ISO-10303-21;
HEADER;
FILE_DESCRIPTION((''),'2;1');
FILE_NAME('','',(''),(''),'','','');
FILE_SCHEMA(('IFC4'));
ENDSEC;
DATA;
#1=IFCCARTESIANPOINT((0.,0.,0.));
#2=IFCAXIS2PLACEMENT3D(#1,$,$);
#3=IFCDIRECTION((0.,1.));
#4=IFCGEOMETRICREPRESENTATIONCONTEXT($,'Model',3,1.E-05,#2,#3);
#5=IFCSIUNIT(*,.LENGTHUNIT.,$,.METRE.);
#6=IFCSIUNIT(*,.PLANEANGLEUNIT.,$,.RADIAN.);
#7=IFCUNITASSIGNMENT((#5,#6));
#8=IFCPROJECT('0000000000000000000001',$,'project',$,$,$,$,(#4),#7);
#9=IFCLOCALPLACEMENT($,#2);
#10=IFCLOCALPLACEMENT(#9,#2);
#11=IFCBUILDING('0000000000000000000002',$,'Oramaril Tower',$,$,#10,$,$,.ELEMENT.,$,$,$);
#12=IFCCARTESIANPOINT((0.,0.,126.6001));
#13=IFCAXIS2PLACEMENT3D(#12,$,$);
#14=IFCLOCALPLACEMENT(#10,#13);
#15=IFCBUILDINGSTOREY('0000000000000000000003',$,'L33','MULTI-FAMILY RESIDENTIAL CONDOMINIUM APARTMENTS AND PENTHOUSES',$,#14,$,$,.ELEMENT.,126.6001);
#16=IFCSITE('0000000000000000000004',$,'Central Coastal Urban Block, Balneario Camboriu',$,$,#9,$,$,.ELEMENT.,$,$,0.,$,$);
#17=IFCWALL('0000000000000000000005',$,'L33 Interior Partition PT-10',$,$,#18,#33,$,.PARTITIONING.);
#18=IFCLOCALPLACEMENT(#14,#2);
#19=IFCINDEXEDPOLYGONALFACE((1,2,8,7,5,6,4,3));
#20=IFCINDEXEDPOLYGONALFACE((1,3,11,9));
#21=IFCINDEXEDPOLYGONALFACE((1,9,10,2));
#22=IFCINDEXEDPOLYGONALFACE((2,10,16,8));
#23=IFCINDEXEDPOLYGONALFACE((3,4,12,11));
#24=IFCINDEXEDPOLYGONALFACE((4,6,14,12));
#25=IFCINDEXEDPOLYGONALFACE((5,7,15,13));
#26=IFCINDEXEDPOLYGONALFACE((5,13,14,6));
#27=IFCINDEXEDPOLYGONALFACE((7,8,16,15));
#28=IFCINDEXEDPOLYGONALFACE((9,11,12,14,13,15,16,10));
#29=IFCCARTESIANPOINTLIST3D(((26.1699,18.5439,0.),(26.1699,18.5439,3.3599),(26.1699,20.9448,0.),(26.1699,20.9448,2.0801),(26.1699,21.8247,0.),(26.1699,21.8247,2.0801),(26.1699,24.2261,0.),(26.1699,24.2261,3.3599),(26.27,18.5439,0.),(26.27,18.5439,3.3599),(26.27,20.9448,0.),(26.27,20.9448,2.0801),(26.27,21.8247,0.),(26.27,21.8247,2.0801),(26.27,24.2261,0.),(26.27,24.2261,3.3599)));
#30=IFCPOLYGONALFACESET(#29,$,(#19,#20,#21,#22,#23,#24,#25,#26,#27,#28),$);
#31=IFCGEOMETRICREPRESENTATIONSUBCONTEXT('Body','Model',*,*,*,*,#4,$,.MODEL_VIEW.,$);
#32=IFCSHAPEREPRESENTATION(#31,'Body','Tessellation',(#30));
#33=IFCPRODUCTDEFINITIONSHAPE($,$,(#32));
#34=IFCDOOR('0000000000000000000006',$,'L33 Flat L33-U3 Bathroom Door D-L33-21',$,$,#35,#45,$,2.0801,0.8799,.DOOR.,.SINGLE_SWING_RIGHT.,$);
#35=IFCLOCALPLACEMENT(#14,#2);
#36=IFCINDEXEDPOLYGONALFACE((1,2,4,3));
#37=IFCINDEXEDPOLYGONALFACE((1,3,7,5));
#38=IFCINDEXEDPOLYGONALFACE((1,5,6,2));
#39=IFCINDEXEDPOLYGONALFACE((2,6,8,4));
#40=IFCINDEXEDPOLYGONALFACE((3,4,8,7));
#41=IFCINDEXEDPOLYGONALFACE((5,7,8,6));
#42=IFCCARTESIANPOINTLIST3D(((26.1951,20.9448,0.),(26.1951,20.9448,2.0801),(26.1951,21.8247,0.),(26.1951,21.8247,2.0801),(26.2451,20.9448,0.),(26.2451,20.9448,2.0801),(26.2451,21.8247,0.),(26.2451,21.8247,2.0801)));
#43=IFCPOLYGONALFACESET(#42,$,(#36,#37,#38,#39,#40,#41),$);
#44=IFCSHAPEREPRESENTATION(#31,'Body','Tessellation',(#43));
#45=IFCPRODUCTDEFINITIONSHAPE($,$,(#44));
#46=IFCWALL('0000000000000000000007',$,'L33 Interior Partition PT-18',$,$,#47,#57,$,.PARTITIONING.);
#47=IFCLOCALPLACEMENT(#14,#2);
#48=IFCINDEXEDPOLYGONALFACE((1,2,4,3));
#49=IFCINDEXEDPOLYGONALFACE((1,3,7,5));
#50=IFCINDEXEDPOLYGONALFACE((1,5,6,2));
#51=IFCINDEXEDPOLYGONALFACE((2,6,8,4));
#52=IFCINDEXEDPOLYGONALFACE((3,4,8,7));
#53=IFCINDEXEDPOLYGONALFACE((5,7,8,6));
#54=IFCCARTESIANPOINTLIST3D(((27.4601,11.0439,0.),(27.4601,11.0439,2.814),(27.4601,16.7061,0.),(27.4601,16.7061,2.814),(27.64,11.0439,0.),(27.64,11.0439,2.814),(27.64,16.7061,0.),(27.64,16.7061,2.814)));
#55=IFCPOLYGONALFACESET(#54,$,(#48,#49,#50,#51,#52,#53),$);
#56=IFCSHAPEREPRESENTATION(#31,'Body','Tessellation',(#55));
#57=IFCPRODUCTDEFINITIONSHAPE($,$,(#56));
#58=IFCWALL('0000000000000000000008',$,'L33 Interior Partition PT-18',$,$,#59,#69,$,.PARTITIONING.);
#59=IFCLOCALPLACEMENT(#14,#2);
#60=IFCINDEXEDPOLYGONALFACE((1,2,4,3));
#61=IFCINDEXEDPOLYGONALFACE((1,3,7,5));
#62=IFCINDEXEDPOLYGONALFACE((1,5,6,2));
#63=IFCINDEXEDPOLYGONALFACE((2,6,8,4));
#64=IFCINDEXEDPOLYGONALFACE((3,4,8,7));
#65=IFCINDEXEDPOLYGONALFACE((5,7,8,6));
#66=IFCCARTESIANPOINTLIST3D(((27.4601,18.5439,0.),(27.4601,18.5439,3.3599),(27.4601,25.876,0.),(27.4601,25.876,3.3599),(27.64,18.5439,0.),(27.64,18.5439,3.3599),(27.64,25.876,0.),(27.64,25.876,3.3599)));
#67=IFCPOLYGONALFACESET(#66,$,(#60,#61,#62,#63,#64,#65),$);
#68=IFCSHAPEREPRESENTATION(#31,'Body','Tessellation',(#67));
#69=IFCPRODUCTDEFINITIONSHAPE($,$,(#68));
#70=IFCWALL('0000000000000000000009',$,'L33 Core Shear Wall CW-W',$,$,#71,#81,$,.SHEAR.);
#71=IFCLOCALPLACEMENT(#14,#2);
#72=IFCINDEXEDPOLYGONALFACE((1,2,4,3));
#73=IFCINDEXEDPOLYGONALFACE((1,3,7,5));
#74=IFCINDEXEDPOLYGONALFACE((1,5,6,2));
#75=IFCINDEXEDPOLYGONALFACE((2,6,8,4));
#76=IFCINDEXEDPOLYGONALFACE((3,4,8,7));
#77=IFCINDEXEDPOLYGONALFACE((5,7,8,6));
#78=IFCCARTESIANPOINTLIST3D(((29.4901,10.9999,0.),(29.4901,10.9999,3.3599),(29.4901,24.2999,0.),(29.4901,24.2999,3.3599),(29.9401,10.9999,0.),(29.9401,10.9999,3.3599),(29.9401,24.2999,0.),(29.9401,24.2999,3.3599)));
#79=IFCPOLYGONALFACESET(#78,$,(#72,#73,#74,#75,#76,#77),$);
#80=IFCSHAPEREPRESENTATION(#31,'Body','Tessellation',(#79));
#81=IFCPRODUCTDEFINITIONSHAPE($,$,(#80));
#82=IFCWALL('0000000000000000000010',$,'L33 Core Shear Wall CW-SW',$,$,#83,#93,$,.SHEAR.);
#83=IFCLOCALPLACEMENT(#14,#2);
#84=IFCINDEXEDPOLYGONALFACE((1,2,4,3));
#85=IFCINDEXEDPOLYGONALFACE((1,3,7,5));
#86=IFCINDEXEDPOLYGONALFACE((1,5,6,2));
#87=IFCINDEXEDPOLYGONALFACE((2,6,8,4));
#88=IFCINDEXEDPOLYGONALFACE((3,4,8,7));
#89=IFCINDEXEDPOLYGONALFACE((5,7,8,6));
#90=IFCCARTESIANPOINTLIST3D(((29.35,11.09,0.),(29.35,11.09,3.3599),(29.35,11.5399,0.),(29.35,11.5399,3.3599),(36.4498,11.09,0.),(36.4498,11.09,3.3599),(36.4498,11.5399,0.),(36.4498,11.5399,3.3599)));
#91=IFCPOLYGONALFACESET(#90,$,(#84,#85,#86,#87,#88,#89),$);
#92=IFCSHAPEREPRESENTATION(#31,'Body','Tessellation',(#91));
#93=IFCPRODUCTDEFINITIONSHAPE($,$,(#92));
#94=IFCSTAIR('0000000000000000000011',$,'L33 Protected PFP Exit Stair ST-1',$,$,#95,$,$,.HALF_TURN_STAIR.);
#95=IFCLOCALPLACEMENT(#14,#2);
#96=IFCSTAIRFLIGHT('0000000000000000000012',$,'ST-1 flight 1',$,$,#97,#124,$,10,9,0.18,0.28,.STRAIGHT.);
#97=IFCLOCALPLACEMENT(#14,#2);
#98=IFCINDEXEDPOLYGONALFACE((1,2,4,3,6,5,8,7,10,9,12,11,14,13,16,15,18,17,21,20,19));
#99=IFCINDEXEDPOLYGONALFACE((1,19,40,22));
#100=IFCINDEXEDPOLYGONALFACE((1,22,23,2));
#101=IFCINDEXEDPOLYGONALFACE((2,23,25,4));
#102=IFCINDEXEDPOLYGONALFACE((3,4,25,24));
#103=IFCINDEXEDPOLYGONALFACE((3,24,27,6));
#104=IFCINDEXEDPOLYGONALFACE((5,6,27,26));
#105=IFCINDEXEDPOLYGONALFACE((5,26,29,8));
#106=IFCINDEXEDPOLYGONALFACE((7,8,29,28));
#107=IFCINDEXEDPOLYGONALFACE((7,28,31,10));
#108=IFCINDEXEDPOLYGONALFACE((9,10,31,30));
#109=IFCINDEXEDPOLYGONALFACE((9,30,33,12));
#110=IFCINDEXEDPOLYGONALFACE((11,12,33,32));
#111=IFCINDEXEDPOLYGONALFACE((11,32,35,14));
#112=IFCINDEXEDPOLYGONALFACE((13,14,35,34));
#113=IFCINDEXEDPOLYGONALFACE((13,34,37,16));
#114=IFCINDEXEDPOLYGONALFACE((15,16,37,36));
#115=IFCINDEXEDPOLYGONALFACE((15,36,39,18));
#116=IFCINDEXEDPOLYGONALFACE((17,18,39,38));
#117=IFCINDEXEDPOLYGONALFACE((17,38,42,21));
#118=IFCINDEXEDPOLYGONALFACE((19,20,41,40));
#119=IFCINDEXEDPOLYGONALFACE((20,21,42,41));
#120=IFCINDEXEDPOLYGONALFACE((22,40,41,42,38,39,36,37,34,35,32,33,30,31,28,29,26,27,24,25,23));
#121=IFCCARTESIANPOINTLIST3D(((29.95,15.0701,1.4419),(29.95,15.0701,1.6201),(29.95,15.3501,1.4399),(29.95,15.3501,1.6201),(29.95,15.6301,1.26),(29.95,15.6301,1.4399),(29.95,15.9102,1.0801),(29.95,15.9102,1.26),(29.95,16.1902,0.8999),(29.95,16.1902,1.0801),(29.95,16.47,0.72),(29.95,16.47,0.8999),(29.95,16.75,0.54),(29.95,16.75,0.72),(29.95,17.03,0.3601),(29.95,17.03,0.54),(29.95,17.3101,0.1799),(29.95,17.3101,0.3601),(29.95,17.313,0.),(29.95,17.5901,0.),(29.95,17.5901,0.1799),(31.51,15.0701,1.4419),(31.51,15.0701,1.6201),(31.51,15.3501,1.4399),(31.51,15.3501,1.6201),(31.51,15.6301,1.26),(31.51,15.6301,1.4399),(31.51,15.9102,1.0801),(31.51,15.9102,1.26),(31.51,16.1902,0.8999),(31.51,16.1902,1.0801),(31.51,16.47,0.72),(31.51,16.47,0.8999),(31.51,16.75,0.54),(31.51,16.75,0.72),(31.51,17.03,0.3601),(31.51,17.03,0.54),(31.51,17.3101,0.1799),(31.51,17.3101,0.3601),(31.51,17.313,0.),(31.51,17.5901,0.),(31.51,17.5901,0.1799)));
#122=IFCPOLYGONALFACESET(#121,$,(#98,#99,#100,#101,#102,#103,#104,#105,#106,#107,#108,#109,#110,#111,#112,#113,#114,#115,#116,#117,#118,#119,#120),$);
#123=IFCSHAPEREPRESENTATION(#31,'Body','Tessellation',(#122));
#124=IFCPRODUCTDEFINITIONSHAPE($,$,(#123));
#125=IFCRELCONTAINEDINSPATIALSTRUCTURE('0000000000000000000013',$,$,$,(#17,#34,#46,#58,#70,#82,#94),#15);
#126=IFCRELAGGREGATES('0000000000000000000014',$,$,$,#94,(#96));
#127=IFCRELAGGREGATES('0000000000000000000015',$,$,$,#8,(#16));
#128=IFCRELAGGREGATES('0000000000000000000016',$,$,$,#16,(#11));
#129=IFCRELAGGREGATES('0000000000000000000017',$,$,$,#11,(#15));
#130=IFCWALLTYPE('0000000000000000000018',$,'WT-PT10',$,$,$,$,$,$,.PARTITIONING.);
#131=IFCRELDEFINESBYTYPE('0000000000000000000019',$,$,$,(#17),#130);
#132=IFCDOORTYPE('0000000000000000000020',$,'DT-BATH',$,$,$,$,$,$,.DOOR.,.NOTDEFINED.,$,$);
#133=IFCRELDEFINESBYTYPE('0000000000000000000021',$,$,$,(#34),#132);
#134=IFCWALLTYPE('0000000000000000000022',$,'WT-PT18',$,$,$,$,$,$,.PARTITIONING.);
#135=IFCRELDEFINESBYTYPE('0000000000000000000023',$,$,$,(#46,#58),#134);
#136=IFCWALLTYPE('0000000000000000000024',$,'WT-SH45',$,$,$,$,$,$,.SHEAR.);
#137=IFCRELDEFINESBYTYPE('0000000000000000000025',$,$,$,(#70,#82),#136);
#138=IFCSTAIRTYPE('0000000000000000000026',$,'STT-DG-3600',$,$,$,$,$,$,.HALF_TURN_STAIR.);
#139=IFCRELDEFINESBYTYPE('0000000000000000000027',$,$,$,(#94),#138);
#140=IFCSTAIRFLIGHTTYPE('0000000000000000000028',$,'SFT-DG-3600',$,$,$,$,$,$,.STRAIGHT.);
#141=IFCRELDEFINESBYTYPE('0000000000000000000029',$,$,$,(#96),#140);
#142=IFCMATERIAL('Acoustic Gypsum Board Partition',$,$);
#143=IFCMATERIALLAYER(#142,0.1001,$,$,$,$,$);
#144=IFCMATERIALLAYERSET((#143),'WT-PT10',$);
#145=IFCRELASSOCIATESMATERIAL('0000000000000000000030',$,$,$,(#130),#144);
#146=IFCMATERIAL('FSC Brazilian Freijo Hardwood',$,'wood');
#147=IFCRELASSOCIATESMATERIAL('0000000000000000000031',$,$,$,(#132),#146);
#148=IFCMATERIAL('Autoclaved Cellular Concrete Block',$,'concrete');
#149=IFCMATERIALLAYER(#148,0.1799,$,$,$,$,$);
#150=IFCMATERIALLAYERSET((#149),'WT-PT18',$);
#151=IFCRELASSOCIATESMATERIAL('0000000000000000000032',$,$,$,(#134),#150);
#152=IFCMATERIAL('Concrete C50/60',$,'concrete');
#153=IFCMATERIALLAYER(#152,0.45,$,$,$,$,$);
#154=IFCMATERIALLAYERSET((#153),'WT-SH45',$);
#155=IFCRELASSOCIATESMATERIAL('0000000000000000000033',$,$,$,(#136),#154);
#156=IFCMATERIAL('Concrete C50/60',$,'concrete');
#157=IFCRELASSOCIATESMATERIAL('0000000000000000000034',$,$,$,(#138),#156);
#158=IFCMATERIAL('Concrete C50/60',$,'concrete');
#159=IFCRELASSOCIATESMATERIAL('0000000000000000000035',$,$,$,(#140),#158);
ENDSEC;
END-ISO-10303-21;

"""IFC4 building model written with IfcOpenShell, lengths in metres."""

from ifc_helpers import new_model, si_unit, direction, frame, frame_2d, origin, place, context, subcontext, project, spatial, polyline, rectangle, outline, extrude, material, layer, layer_set, type_object, element, fill, aggregate, save


model = new_model("IFC4")

# Units and contexts
model_context = context("Model", 3, precision=1e-05, world=origin(), true_north=direction((0.0, 1.0)))
body_context = subcontext(model_context, "Body", "Model", "MODEL_VIEW")
ifc_project = project(units=[si_unit("LENGTHUNIT", "METRE"), si_unit("PLANEANGLEUNIT", "RADIAN")], contexts=[model_context])

# Site, building, storey
site_placement = place(None, origin())
site = spatial("IfcSite", under=ifc_project, at=site_placement, Name="Central Coastal Urban Block, Balneario Camboriu", CompositionType="ELEMENT", RefElevation=0.0)
building_placement = place(site_placement, origin())
building = spatial("IfcBuilding", under=site, at=building_placement, Name="Oramaril Tower", CompositionType="ELEMENT")
storey_placement = place(building_placement, frame((0.0, 0.0, 126.6001)))
storey = spatial("IfcBuildingStorey", under=building, at=storey_placement, Name="L33", Description="MULTI-FAMILY RESIDENTIAL CONDOMINIUM APARTMENTS AND PENTHOUSES", CompositionType="ELEMENT", Elevation=126.6001)

# Wall, opening, door
ifc_material_1 = material(Name="Acoustic Gypsum Board Partition")
ifc_layer_1 = layer(ifc_material_1, 0.1001)
ifc_layer_set_1 = layer_set([ifc_layer_1], Name="WT-PT10")
wall_type_1 = type_object("IfcWallType", Name="WT-PT10", PredefinedType="PARTITIONING", material=ifc_layer_set_1)
wall_1_placement = place(storey_placement, frame((26.22, 18.5439, 0.0), z_axis=(0.0, 0.0, 1.0), x_axis=(0.0, 1.0, 0.0)))
wall_1 = element("IfcWall", 1, at=wall_1_placement, inside=storey, type_object=wall_type_1, Name="L33 Interior Partition PT-10", PredefinedType="PARTITIONING", context=body_context, shape_type="SweptSolid", body=[
    extrude(rectangle(XDim=5.6821, YDim=0.1001, at=frame_2d((2.8411, 0.0))), origin(), (0.0, 0.0, 1.0), 3.3599),
])
opening_1_placement = place(wall_1_placement, frame((2.4009, 0.0, 0.0)))
opening_1 = element("IfcOpeningElement", 2, at=opening_1_placement, cuts=wall_1, PredefinedType="OPENING", context=body_context, shape_type="SweptSolid", body=[
    extrude(rectangle(XDim=0.8799, YDim=2.0801, at=frame_2d((0.4399, 1.04))), frame((0.0, 0.05, 0.0), z_axis=(0.0, -1.0, 0.0), x_axis=(1.0, 0.0, 0.0)), (0.0, 0.0, 1.0), 0.1001),
])
ifc_material_2 = material(Name="FSC Brazilian Freijo Hardwood", Category="wood")
door_type_1 = type_object("IfcDoorType", Name="DT-BATH", OperationType="NOTDEFINED", PredefinedType="DOOR", material=ifc_material_2)
door_1_placement = place(opening_1_placement, origin())
door_1 = element("IfcDoor", 3, at=door_1_placement, inside=storey, type_object=door_type_1, Name="L33 Flat L33-U3 Bathroom Door D-L33-21", OperationType="SINGLE_SWING_RIGHT", OverallHeight=2.0801, OverallWidth=0.8799, PredefinedType="DOOR", context=body_context, shape_type="SweptSolid", body=[
    extrude(rectangle(XDim=0.8799, YDim=2.0801, at=frame_2d((0.4399, 1.04))), frame((0.0, 0.0249, 0.0), z_axis=(0.0, -1.0, 0.0), x_axis=(1.0, 0.0, 0.0)), (0.0, 0.0, 1.0), 0.05),
])
fill(opening_1, door_1)

# Walls
ifc_material_3 = material(Name="Autoclaved Cellular Concrete Block", Category="concrete")
ifc_layer_2 = layer(ifc_material_3, 0.1799)
ifc_layer_set_2 = layer_set([ifc_layer_2], Name="WT-PT18")
wall_type_2 = type_object("IfcWallType", Name="WT-PT18", PredefinedType="PARTITIONING", material=ifc_layer_set_2)
wall_2_placement = place(storey_placement, frame((27.55, 11.0439, 0.0), z_axis=(0.0, 0.0, 1.0), x_axis=(0.0, 1.0, 0.0)))
element("IfcWall", 4, at=wall_2_placement, inside=storey, type_object=wall_type_2, Name="L33 Interior Partition PT-18", PredefinedType="PARTITIONING", context=body_context, shape_type="SweptSolid", body=[
    extrude(rectangle(XDim=5.6621, YDim=0.1799, at=frame_2d((2.8311, 0.0))), origin(), (0.0, 0.0, 1.0), 2.814),
])
wall_3_placement = place(storey_placement, frame((27.55, 18.5439, 0.0), z_axis=(0.0, 0.0, 1.0), x_axis=(0.0, 1.0, 0.0)))
element("IfcWall", 5, at=wall_3_placement, inside=storey, type_object=wall_type_2, Name="L33 Interior Partition PT-18", PredefinedType="PARTITIONING", context=body_context, shape_type="SweptSolid", body=[
    extrude(rectangle(XDim=7.332, YDim=0.1799, at=frame_2d((3.666, 0.0))), origin(), (0.0, 0.0, 1.0), 3.3599),
])

# Walls
ifc_material_4 = material(Name="Concrete C50/60", Category="concrete")
ifc_layer_3 = layer(ifc_material_4, 0.45)
ifc_layer_set_3 = layer_set([ifc_layer_3], Name="WT-SH45")
wall_type_3 = type_object("IfcWallType", Name="WT-SH45", PredefinedType="SHEAR", material=ifc_layer_set_3)
wall_4_placement = place(storey_placement, frame((29.7151, 11.0, 0.0), z_axis=(0.0, 0.0, 1.0), x_axis=(0.0, 1.0, 0.0)))
element("IfcWall", 6, at=wall_4_placement, inside=storey, type_object=wall_type_3, Name="L33 Core Shear Wall CW-W", PredefinedType="SHEAR", context=body_context, shape_type="SweptSolid", body=[
    extrude(rectangle(XDim=13.3, YDim=0.45, at=frame_2d((6.6499, 0.0))), origin(), (0.0, 0.0, 1.0), 3.3599),
])
wall_5_placement = place(storey_placement, frame((29.3501, 11.3149, 0.0), z_axis=(0.0, 0.0, 1.0), x_axis=(1.0, 0.0, 0.0)))
element("IfcWall", 7, at=wall_5_placement, inside=storey, type_object=wall_type_3, Name="L33 Core Shear Wall CW-SW", PredefinedType="SHEAR", context=body_context, shape_type="SweptSolid", body=[
    extrude(rectangle(XDim=7.0999, YDim=0.45, at=frame_2d((3.5498, 0.0))), origin(), (0.0, 0.0, 1.0), 3.3599),
])

# Stair, stair flight
ifc_material_5 = material(Name="Concrete C50/60", Category="concrete")
stair_type = type_object("IfcStairType", Name="STT-DG-3600", PredefinedType="HALF_TURN_STAIR", material=ifc_material_5)
stair_placement = place(storey_placement, origin())
stair = element("IfcStair", 8, at=stair_placement, inside=storey, type_object=stair_type, Name="L33 Protected PFP Exit Stair ST-1", PredefinedType="HALF_TURN_STAIR")
ifc_material_6 = material(Name="Concrete C50/60", Category="concrete")
stair_flight_type = type_object("IfcStairFlightType", Name="SFT-DG-3600", PredefinedType="STRAIGHT", material=ifc_material_6)
stair_flight_placement = place(storey_placement, frame((30.73, 17.5901, 0.0), z_axis=(0.0, 0.0, 1.0), x_axis=(0.0, -1.0, 0.0)))
stair_flight = element("IfcStairFlight", 9, at=stair_flight_placement, type_object=stair_flight_type, Name="ST-1 flight 1", NumberOfRisers=10, NumberOfTreads=9, PredefinedType="STRAIGHT", RiserHeight=0.18, TreadLength=0.28, context=body_context, shape_type="SweptSolid", body=[
    extrude(outline(polyline([(0.0, 0.0), (0.0, 0.1799), (0.28, 0.1799), (0.28, 0.3601), (0.5601, 0.3601), (0.5601, 0.54), (0.8401, 0.54), (0.8401, 0.72), (1.1201, 0.72), (1.1201, 0.8999), (1.3999, 0.8999), (1.3999, 1.0801), (1.6799, 1.0801), (1.6799, 1.26), (1.96, 1.26), (1.96, 1.4399), (2.24, 1.4399), (2.24, 1.6201), (2.52, 1.6201), (2.52, 1.8), (2.52, 1.4419), (0.2771, 0.0), (0.0, 0.0)])), frame((0.0, 0.78, 0.0), z_axis=(0.0, -1.0, 0.0), x_axis=(1.0, 0.0, 0.0)), (0.0, 0.0, 1.0), 1.5601),
])
aggregate(stair, [stair_flight])

save(model, "model.ifc")
